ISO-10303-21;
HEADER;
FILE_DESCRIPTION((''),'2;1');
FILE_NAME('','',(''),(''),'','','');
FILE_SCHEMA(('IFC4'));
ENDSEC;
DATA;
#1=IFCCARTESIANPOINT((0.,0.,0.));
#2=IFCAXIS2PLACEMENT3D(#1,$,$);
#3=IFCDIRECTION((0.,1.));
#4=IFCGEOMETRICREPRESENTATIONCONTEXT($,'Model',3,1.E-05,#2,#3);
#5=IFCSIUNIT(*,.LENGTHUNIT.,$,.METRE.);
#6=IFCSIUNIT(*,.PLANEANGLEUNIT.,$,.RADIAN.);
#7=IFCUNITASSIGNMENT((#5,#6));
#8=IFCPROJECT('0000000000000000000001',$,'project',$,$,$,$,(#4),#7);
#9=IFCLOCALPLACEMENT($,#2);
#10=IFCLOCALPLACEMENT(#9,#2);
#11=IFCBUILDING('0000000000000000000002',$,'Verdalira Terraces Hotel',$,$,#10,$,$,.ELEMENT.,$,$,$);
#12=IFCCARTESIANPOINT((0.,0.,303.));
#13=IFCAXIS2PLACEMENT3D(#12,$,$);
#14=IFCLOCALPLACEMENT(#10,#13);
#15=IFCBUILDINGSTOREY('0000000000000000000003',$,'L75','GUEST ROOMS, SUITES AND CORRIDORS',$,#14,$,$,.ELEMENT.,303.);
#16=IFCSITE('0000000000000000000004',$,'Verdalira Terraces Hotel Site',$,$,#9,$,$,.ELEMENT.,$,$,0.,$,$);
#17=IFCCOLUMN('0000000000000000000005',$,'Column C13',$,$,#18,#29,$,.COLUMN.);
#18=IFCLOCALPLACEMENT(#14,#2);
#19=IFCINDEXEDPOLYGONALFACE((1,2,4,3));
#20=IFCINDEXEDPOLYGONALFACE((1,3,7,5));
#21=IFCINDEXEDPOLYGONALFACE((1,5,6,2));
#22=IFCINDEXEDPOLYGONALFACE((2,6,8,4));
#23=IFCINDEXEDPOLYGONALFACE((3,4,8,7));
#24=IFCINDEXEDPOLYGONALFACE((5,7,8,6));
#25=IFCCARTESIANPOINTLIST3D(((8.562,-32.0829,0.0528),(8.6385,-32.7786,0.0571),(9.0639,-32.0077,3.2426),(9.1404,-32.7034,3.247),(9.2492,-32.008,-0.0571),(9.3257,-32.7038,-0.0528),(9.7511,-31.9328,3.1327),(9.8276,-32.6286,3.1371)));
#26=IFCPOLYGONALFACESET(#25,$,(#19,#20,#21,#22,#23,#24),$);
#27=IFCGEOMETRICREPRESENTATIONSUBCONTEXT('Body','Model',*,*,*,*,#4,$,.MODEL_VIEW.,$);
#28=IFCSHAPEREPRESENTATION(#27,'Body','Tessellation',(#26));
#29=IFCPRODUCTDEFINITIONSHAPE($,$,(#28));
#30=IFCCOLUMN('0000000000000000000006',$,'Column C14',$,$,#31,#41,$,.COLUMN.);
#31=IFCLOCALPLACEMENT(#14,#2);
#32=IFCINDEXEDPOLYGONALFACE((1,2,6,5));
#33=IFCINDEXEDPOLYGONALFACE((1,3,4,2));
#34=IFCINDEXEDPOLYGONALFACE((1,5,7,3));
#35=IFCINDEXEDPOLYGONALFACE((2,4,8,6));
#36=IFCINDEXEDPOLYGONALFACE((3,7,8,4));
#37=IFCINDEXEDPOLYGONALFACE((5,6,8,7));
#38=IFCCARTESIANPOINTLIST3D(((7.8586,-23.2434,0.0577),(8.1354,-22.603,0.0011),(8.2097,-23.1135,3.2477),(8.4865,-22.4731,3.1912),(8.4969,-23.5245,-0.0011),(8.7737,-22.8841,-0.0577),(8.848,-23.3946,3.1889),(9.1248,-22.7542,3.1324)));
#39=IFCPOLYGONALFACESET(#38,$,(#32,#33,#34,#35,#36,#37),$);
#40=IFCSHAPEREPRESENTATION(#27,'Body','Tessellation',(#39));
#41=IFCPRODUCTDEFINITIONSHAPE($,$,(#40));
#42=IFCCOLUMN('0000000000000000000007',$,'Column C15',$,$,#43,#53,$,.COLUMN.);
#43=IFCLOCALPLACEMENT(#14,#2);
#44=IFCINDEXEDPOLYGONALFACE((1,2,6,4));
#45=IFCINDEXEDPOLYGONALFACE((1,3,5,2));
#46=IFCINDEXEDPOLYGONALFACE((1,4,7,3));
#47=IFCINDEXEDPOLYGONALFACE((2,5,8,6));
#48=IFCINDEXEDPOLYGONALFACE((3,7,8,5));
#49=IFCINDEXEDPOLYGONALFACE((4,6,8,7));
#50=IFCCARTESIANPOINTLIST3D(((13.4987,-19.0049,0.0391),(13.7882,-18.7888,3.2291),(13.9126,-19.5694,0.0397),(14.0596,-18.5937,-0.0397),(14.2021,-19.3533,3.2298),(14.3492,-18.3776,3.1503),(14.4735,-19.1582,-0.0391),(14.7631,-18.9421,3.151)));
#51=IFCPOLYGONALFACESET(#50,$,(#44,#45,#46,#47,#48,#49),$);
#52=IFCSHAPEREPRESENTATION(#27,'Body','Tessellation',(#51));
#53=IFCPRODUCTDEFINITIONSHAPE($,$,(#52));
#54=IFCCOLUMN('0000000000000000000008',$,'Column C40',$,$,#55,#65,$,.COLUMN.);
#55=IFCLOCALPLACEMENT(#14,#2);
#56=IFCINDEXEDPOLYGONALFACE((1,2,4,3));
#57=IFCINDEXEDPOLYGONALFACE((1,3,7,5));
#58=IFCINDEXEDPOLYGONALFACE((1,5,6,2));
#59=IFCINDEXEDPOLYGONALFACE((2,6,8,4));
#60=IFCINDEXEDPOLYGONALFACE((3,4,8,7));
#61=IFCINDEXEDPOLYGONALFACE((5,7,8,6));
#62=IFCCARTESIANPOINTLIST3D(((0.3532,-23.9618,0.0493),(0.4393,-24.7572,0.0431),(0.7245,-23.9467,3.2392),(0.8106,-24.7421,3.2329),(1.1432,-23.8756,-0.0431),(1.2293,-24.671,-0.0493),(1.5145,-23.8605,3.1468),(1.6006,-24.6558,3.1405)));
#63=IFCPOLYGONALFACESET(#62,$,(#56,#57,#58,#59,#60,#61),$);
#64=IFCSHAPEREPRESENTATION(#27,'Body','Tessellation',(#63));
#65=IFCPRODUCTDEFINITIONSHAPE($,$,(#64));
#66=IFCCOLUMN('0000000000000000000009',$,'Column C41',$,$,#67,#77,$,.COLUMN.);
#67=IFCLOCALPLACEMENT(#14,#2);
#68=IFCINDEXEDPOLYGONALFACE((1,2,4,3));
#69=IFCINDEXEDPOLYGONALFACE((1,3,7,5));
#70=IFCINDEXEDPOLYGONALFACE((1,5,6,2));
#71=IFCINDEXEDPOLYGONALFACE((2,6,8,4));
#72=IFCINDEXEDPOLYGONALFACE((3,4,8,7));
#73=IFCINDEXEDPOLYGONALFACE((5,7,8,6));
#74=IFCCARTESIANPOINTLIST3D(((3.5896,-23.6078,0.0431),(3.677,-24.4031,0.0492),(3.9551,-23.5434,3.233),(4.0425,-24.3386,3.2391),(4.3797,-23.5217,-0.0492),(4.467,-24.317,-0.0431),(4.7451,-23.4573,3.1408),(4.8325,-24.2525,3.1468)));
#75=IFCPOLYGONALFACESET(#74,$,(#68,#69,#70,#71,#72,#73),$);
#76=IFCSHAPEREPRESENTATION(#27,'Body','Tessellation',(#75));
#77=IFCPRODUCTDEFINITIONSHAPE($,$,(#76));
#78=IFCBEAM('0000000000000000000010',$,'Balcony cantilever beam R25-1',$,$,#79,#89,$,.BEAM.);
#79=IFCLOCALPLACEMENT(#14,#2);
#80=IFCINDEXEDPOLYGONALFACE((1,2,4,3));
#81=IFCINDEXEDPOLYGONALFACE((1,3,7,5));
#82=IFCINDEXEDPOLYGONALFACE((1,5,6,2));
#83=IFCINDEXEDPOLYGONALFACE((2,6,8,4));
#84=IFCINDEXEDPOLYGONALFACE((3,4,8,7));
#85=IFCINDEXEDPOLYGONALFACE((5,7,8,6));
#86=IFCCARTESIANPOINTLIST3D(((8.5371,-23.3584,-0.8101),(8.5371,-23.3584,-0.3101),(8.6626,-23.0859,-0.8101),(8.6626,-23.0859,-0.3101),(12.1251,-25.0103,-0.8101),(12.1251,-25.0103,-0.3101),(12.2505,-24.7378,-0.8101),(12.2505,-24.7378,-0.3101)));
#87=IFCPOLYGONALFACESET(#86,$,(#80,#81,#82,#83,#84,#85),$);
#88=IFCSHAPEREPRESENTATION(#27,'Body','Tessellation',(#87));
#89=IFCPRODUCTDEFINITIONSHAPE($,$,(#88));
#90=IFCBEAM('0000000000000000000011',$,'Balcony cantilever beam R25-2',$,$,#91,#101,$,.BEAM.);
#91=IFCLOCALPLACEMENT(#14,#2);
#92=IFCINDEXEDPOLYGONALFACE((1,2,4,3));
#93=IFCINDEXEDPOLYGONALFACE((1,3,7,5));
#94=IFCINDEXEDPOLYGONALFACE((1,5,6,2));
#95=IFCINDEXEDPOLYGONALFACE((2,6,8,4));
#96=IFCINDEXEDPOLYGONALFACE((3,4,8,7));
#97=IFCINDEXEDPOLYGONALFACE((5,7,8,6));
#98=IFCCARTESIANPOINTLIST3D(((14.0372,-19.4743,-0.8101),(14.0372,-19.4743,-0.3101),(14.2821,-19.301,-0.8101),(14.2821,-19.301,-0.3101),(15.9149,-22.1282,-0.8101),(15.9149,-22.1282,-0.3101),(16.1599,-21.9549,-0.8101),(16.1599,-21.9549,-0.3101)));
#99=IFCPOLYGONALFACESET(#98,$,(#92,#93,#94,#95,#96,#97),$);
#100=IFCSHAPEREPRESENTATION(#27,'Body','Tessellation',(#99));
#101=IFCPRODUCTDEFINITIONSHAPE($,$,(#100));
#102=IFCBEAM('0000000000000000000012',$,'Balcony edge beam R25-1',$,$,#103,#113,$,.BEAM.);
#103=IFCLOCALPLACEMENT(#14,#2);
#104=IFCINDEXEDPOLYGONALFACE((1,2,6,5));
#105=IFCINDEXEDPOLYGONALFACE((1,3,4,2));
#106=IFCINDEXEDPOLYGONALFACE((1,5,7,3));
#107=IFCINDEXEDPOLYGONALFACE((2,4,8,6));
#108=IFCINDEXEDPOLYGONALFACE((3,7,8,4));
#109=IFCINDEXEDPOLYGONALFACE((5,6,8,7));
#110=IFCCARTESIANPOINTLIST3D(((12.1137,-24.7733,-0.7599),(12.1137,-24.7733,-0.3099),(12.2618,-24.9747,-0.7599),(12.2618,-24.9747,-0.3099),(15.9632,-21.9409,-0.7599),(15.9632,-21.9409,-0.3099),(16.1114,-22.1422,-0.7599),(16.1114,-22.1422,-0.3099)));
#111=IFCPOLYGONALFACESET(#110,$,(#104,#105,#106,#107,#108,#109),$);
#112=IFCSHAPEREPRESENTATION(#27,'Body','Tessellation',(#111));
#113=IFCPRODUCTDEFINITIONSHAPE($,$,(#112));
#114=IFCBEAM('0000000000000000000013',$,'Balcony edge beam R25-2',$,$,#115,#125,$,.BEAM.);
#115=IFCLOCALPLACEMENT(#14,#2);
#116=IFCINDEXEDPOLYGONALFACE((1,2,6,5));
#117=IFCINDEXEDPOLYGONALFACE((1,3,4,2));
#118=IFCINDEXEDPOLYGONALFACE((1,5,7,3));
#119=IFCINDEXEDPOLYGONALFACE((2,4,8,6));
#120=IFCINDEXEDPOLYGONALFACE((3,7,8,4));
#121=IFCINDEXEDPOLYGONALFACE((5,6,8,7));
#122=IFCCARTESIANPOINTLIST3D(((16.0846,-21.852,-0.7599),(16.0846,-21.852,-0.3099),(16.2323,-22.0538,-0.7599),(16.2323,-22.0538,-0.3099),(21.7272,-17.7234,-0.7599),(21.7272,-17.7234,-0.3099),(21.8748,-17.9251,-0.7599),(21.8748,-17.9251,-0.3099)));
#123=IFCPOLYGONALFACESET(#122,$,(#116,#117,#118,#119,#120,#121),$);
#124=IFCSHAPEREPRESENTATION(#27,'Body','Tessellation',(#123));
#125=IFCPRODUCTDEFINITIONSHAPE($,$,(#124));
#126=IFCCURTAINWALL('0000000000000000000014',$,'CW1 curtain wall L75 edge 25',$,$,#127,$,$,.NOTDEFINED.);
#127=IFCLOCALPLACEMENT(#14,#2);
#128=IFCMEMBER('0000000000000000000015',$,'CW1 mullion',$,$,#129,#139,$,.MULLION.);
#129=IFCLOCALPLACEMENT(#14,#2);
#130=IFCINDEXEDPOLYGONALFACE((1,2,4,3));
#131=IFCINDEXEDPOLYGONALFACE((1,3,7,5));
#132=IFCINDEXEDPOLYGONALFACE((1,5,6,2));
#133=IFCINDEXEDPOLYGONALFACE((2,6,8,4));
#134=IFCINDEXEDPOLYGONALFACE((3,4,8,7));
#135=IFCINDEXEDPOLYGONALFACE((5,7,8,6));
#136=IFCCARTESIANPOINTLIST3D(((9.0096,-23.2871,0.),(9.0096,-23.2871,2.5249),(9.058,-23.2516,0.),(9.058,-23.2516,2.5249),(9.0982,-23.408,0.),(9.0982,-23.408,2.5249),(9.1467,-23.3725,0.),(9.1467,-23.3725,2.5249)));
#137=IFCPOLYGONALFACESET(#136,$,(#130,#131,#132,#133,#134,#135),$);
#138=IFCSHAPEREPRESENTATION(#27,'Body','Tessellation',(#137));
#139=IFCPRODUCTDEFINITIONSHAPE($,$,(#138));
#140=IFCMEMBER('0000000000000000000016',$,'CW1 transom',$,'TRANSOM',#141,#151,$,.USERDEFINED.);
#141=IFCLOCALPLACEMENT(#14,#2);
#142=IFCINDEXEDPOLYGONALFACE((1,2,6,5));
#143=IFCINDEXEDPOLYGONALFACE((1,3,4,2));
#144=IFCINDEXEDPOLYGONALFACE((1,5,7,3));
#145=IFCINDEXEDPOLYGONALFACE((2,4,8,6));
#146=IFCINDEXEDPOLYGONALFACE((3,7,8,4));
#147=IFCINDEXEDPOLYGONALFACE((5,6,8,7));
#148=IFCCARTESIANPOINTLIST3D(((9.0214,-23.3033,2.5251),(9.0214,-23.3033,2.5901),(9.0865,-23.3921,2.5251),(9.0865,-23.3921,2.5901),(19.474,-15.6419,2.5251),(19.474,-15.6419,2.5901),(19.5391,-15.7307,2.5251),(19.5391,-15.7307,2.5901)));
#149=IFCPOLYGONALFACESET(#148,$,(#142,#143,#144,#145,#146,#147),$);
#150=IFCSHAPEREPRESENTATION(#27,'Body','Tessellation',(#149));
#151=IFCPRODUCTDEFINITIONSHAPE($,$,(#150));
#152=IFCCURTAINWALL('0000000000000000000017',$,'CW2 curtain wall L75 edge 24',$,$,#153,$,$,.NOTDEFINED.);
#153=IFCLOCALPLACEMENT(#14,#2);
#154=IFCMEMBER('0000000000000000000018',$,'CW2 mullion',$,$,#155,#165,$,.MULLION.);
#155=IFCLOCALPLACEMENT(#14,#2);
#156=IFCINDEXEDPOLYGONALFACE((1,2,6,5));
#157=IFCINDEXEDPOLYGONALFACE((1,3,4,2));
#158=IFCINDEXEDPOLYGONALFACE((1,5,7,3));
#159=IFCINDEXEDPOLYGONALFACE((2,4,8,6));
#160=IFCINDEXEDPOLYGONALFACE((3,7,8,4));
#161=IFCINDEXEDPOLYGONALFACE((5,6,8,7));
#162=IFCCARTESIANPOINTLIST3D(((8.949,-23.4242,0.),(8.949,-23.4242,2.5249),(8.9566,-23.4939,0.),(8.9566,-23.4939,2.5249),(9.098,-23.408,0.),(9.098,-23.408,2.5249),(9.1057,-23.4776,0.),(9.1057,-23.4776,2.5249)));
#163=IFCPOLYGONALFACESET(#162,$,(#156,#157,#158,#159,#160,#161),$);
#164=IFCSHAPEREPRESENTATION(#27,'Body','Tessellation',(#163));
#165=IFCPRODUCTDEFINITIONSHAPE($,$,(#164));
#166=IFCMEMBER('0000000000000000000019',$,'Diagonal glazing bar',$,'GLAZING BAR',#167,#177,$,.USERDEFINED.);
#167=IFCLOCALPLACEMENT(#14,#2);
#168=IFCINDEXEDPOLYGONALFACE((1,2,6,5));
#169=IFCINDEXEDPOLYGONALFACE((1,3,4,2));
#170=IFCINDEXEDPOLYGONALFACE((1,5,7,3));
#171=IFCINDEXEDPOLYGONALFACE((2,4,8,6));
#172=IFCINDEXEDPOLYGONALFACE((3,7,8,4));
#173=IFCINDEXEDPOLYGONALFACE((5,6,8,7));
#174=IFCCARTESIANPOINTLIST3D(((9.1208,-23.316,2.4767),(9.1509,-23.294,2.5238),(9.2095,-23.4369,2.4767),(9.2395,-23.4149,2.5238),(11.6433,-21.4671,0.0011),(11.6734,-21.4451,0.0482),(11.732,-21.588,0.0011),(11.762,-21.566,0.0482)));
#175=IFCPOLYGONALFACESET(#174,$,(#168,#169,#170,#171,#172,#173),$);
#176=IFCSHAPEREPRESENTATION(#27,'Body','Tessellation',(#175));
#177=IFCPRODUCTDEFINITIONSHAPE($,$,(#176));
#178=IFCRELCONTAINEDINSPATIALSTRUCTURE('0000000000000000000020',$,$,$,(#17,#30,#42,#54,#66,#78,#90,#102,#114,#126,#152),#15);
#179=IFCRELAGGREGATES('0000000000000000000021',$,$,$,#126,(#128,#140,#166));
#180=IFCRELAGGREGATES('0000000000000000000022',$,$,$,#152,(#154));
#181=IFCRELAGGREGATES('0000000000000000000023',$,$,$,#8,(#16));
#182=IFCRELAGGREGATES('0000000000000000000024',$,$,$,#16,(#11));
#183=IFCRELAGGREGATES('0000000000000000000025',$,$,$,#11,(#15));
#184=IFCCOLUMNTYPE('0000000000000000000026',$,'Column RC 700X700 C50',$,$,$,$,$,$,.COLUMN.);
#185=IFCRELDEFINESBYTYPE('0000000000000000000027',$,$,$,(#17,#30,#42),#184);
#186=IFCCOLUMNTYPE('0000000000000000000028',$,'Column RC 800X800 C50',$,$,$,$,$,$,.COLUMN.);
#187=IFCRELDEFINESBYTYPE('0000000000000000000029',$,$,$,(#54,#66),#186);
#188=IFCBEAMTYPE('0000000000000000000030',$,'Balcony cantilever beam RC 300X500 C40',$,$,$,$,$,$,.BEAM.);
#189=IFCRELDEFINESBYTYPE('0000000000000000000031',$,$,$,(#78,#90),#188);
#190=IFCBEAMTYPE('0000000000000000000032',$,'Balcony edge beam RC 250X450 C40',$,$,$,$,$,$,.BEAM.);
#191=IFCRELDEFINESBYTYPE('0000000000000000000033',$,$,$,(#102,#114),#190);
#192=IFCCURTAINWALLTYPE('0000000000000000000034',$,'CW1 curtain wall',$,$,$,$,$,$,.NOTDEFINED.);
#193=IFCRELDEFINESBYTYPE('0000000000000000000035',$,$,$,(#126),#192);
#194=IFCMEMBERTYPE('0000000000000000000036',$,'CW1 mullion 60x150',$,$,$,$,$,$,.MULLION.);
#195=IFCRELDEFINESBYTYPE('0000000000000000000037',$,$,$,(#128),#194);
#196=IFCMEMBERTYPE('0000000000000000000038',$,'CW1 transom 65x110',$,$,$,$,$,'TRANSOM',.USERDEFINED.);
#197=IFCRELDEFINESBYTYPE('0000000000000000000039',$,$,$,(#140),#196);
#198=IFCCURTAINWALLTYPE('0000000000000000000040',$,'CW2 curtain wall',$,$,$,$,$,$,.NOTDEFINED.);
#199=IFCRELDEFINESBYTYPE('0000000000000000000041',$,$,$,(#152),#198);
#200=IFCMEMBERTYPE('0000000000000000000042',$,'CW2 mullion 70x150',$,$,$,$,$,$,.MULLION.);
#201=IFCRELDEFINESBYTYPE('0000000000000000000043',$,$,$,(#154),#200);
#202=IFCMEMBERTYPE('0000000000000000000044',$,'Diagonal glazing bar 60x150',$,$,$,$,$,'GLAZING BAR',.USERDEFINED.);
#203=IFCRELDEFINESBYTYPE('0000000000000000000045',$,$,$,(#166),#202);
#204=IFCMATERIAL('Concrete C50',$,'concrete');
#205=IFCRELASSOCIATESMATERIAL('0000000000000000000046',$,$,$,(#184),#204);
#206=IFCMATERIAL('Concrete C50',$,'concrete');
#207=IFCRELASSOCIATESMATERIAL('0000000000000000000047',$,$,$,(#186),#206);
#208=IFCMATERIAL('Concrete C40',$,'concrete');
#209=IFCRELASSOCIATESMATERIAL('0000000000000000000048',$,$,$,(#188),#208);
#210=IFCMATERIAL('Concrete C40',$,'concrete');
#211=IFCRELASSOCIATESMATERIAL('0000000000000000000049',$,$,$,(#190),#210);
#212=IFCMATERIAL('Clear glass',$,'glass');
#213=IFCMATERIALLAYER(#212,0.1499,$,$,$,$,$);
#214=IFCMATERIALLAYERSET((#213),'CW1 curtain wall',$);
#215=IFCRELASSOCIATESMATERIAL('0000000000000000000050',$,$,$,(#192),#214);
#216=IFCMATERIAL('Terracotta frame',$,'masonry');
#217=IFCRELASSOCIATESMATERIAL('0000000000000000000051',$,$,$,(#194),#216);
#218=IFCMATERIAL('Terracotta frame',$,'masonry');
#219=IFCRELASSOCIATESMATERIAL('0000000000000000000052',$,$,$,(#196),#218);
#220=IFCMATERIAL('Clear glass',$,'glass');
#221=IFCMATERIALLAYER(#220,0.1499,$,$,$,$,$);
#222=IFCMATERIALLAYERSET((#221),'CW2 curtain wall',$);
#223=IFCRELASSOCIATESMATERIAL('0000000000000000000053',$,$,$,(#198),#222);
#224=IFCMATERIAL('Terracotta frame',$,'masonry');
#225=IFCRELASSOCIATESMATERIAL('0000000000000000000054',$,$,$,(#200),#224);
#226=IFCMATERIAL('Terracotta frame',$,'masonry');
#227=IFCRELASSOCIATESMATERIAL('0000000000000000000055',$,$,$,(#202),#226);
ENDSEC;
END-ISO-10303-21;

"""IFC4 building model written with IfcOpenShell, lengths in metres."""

from ifc_helpers import new_model, si_unit, direction, frame, origin, origin_2d, place, context, subcontext, project, spatial, rectangle, extrude, material, layer, layer_set, material_profile, profile_set, type_object, element, aggregate, save


model = new_model("IFC4")

# Units and contexts
model_context = context("Model", 3, precision=1e-05, world=origin(), true_north=direction((0.0, 1.0)))
body_context = subcontext(model_context, "Body", "Model", "MODEL_VIEW")
ifc_project = project(units=[si_unit("LENGTHUNIT", "METRE"), si_unit("PLANEANGLEUNIT", "RADIAN")], contexts=[model_context])

# Site, building, storey
site_placement = place(None, origin())
site = spatial("IfcSite", under=ifc_project, at=site_placement, Name="Verdalira Terraces Hotel Site", CompositionType="ELEMENT", RefElevation=0.0)
building_placement = place(site_placement, origin())
building = spatial("IfcBuilding", under=site, at=building_placement, Name="Verdalira Terraces Hotel", CompositionType="ELEMENT")
storey_placement = place(building_placement, frame((0.0, 0.0, 303.0)))
storey = spatial("IfcBuildingStorey", under=building, at=storey_placement, Name="L75", Description="GUEST ROOMS, SUITES AND CORRIDORS", CompositionType="ELEMENT", Elevation=303.0)

# Columns
ifc_material_1 = material(Name="Concrete C50", Category="concrete")
ifc_material_profile_1 = material_profile(ifc_material_1, rectangle(XDim=0.7, YDim=0.7, at=origin_2d()), Name="RC 700X700")
ifc_profile_set_1 = profile_set([ifc_material_profile_1], Name="Concrete C50")
column_type_1 = type_object("IfcColumnType", Name="Column RC 700X700 C50", PredefinedType="COLUMN", material=ifc_profile_set_1)
column_1_placement = place(storey_placement, frame((8.9438, -32.3933, 0.0), z_axis=(0.1554, 0.02328, 0.987577), x_axis=(-0.109277, 0.993992, -0.006236)))
element("IfcColumn", 1, at=column_1_placement, inside=storey, type_object=column_type_1, Name="Column C13", PredefinedType="COLUMN", context=body_context, shape_type="SweptSolid", body=[
    extrude(rectangle(XDim=0.7, YDim=0.7, at=origin_2d()), origin(), (0.0, 0.0, 1.0), 3.23),
])
column_2_placement = place(storey_placement, frame((8.3162, -23.0637, 0.0), z_axis=(0.109307, 0.040439, 0.993185), x_axis=(-0.395434, -0.914936, 0.080773)))
element("IfcColumn", 2, at=column_2_placement, inside=storey, type_object=column_type_1, Name="Column C14", PredefinedType="COLUMN", context=body_context, shape_type="SweptSolid", body=[
    extrude(rectangle(XDim=0.7, YDim=0.7, at=origin_2d()), origin(), (0.0, 0.0, 1.0), 3.2119),
])
column_3_placement = place(storey_placement, frame((13.9861, -19.0815, 0.0), z_axis=(0.090193, 0.067303, 0.993648), x_axis=(0.80138, 0.587474, -0.112533)))
element("IfcColumn", 3, at=column_3_placement, inside=storey, type_object=column_type_1, Name="Column C15", PredefinedType="COLUMN", context=body_context, shape_type="SweptSolid", body=[
    extrude(rectangle(XDim=0.7, YDim=0.7, at=origin_2d()), origin(), (0.0, 0.0, 1.0), 3.2104),
])
ifc_material_2 = material(Name="Concrete C50", Category="concrete")
ifc_material_profile_2 = material_profile(ifc_material_2, rectangle(XDim=0.8, YDim=0.8, at=origin_2d()), Name="RC 800X800")
ifc_profile_set_2 = profile_set([ifc_material_profile_2], Name="Concrete C50")
column_type_2 = type_object("IfcColumnType", Name="Column RC 800X800 C50", PredefinedType="COLUMN", material=ifc_profile_set_2)
for number, where, z_axis, x_axis, name in (
    (4, (0.7913, -24.3164, 0.0), (0.115627, 0.004713, 0.993282), (0.107622, -0.994161, -0.007811), "Column C40"),
    (5, (4.0283, -23.9624, 0.0), (0.113805, 0.02007, 0.9933), (0.10919, -0.993992, 0.007574), "Column C41"),
):
    element("IfcColumn", number, at=place(storey_placement, frame(where, z_axis=z_axis, x_axis=x_axis)), inside=storey, type_object=column_type_2, Name=name, PredefinedType="COLUMN", context=body_context, shape_type="SweptSolid", body=[
        extrude(rectangle(XDim=0.8, YDim=0.8, at=origin_2d()), origin(), (0.0, 0.0, 1.0), 3.2114),
    ])

# Beams
ifc_material_3 = material(Name="Concrete C40", Category="concrete")
ifc_material_profile_3 = material_profile(ifc_material_3, rectangle(XDim=0.3, YDim=0.5, at=origin_2d()), Name="RC 300X500")
ifc_profile_set_3 = profile_set([ifc_material_profile_3], Name="Concrete C40")
beam_type_1 = type_object("IfcBeamType", Name="Balcony cantilever beam RC 300X500 C40", PredefinedType="BEAM", material=ifc_profile_set_3)
beam_1_placement = place(storey_placement, frame((8.5999, -23.2222, -0.5601), z_axis=(0.908353, -0.418204, 0.0), x_axis=(0.418204, 0.908353, 0.0)))
element("IfcBeam", 6, at=beam_1_placement, inside=storey, type_object=beam_type_1, Name="Balcony cantilever beam R25-1", PredefinedType="BEAM", context=body_context, shape_type="SweptSolid", body=[
    extrude(rectangle(XDim=0.3, YDim=0.5, at=origin_2d()), origin(), (0.0, 0.0, 1.0), 3.95),
])
beam_2_placement = place(storey_placement, frame((14.1597, -19.3877, -0.5601), z_axis=(0.577588, -0.816328, 0.0), x_axis=(0.816328, 0.577588, 0.0)))
element("IfcBeam", 7, at=beam_2_placement, inside=storey, type_object=beam_type_1, Name="Balcony cantilever beam R25-2", PredefinedType="BEAM", context=body_context, shape_type="SweptSolid", body=[
    extrude(rectangle(XDim=0.3, YDim=0.5, at=origin_2d()), origin(), (0.0, 0.0, 1.0), 3.251),
])
ifc_material_4 = material(Name="Concrete C40", Category="concrete")
ifc_material_profile_4 = material_profile(ifc_material_4, rectangle(XDim=0.25, YDim=0.45, at=origin_2d()), Name="RC 250X450")
ifc_profile_set_4 = profile_set([ifc_material_profile_4], Name="Concrete C40")
beam_type_2 = type_object("IfcBeamType", Name="Balcony edge beam RC 250X450 C40", PredefinedType="BEAM", material=ifc_profile_set_4)
beam_3_placement = place(storey_placement, frame((12.1877, -24.874, -0.5349), z_axis=(0.805459, 0.592652, 0.0), x_axis=(-0.592652, 0.805459, 0.0)))
element("IfcBeam", 8, at=beam_3_placement, inside=storey, type_object=beam_type_2, Name="Balcony edge beam R25-1", PredefinedType="BEAM", context=body_context, shape_type="SweptSolid", body=[
    extrude(rectangle(XDim=0.25, YDim=0.45, at=origin_2d()), origin(), (0.0, 0.0, 1.0), 4.7793),
])
beam_4_placement = place(storey_placement, frame((16.1584, -21.9529, -0.5349), z_axis=(0.807034, 0.590505, 0.0), x_axis=(-0.590505, 0.807034, 0.0)))
element("IfcBeam", 9, at=beam_4_placement, inside=storey, type_object=beam_type_2, Name="Balcony edge beam R25-2", PredefinedType="BEAM", context=body_context, shape_type="SweptSolid", body=[
    extrude(rectangle(XDim=0.25, YDim=0.45, at=origin_2d()), origin(), (0.0, 0.0, 1.0), 6.9917),
])

# Curtain wall, members
ifc_material_5 = material(Name="Clear glass", Category="glass")
ifc_layer_1 = layer(ifc_material_5, 0.1499)
ifc_layer_set_1 = layer_set([ifc_layer_1], Name="CW1 curtain wall")
curtain_wall_type_1 = type_object("IfcCurtainWallType", Name="CW1 curtain wall", PredefinedType="NOTDEFINED", material=ifc_layer_set_1)
curtain_wall_1_placement = place(storey_placement, origin())
curtain_wall_1 = element("IfcCurtainWall", 10, at=curtain_wall_1_placement, inside=storey, type_object=curtain_wall_type_1, Name="CW1 curtain wall L75 edge 25", PredefinedType="NOTDEFINED")
ifc_material_6 = material(Name="Terracotta frame", Category="masonry")
ifc_material_profile_5 = material_profile(ifc_material_6, rectangle(XDim=0.0601, YDim=0.1499, at=origin_2d()), Name="MU 60x150")
ifc_profile_set_5 = profile_set([ifc_material_profile_5], Name="Terracotta frame")
member_type_1 = type_object("IfcMemberType", Name="CW1 mullion 60x150", PredefinedType="MULLION", material=ifc_profile_set_5)
member_1_placement = place(storey_placement, frame((9.0781, -23.3298, 0.0), z_axis=(0.0, 0.0, 1.0), x_axis=(0.806548, 0.591169, 0.0)))
member_1 = element("IfcMember", 11, at=member_1_placement, type_object=member_type_1, Name="CW1 mullion", PredefinedType="MULLION", context=body_context, shape_type="SweptSolid", body=[
    extrude(rectangle(XDim=0.0601, YDim=0.1499, at=origin_2d()), origin(), (0.0, 0.0, 1.0), 2.5249),
])
ifc_material_7 = material(Name="Terracotta frame", Category="masonry")
ifc_material_profile_6 = material_profile(ifc_material_7, rectangle(XDim=0.1101, YDim=0.0649, at=origin_2d()), Name="TR 65x110")
ifc_profile_set_6 = profile_set([ifc_material_profile_6], Name="Terracotta frame")
member_type_2 = type_object("IfcMemberType", Name="CW1 transom 65x110", ElementType="TRANSOM", PredefinedType="USERDEFINED", material=ifc_profile_set_6)
member_2_placement = place(storey_placement, frame((9.054, -23.3477, 2.5576), z_axis=(0.806548, 0.591168, 0.0), x_axis=(-0.591168, 0.806548, 0.0)))
member_2 = element("IfcMember", 12, at=member_2_placement, type_object=member_type_2, Name="CW1 transom", ObjectType="TRANSOM", PredefinedType="USERDEFINED", context=body_context, shape_type="SweptSolid", body=[
    extrude(rectangle(XDim=0.1101, YDim=0.0649, at=origin_2d()), origin(), (0.0, 0.0, 1.0), 12.9597),
])

# Curtain wall, member
ifc_material_8 = material(Name="Clear glass", Category="glass")
ifc_layer_2 = layer(ifc_material_8, 0.1499)
ifc_layer_set_2 = layer_set([ifc_layer_2], Name="CW2 curtain wall")
curtain_wall_type_2 = type_object("IfcCurtainWallType", Name="CW2 curtain wall", PredefinedType="NOTDEFINED", material=ifc_layer_set_2)
curtain_wall_2_placement = place(storey_placement, origin())
curtain_wall_2 = element("IfcCurtainWall", 13, at=curtain_wall_2_placement, inside=storey, type_object=curtain_wall_type_2, Name="CW2 curtain wall L75 edge 24", PredefinedType="NOTDEFINED")
ifc_material_9 = material(Name="Terracotta frame", Category="masonry")
ifc_material_profile_7 = material_profile(ifc_material_9, rectangle(XDim=0.0701, YDim=0.1499, at=origin_2d()), Name="MU 70x150")
ifc_profile_set_7 = profile_set([ifc_material_profile_7], Name="Terracotta frame")
member_type_3 = type_object("IfcMemberType", Name="CW2 mullion 70x150", PredefinedType="MULLION", material=ifc_profile_set_7)
member_3_placement = place(storey_placement, frame((9.0273, -23.4509, 0.0), z_axis=(0.0, 0.0, 1.0), x_axis=(-0.108693, 0.994075, 0.0)))
member_3 = element("IfcMember", 14, at=member_3_placement, type_object=member_type_3, Name="CW2 mullion", PredefinedType="MULLION", context=body_context, shape_type="SweptSolid", body=[
    extrude(rectangle(XDim=0.0701, YDim=0.1499, at=origin_2d()), origin(), (0.0, 0.0, 1.0), 2.5249),
])

# Member
ifc_material_10 = material(Name="Terracotta frame", Category="masonry")
ifc_material_profile_8 = material_profile(ifc_material_10, rectangle(XDim=0.1499, YDim=0.0601, at=origin_2d()), Name="GB 60x150")
ifc_profile_set_8 = profile_set([ifc_material_profile_8], Name="Terracotta frame")
member_type_4 = type_object("IfcMemberType", Name="Diagonal glazing bar 60x150", ElementType="GLAZING BAR", PredefinedType="USERDEFINED", material=ifc_profile_set_8)
member_4_placement = place(storey_placement, frame((9.1802, -23.3655, 2.5002), z_axis=(0.632403, 0.463529, -0.620651), x_axis=(-0.591171, 0.806546, 0.0)))
member_4 = element("IfcMember", 15, at=member_4_placement, type_object=member_type_4, Name="Diagonal glazing bar", ObjectType="GLAZING BAR", PredefinedType="USERDEFINED", context=body_context, shape_type="SweptSolid", body=[
    extrude(rectangle(XDim=0.1499, YDim=0.0601, at=origin_2d()), origin(), (0.0, 0.0, 1.0), 3.9888),
])

aggregate(curtain_wall_1, [member_1, member_2, member_4])
aggregate(curtain_wall_2, [member_3])

save(model, "model.ifc")
